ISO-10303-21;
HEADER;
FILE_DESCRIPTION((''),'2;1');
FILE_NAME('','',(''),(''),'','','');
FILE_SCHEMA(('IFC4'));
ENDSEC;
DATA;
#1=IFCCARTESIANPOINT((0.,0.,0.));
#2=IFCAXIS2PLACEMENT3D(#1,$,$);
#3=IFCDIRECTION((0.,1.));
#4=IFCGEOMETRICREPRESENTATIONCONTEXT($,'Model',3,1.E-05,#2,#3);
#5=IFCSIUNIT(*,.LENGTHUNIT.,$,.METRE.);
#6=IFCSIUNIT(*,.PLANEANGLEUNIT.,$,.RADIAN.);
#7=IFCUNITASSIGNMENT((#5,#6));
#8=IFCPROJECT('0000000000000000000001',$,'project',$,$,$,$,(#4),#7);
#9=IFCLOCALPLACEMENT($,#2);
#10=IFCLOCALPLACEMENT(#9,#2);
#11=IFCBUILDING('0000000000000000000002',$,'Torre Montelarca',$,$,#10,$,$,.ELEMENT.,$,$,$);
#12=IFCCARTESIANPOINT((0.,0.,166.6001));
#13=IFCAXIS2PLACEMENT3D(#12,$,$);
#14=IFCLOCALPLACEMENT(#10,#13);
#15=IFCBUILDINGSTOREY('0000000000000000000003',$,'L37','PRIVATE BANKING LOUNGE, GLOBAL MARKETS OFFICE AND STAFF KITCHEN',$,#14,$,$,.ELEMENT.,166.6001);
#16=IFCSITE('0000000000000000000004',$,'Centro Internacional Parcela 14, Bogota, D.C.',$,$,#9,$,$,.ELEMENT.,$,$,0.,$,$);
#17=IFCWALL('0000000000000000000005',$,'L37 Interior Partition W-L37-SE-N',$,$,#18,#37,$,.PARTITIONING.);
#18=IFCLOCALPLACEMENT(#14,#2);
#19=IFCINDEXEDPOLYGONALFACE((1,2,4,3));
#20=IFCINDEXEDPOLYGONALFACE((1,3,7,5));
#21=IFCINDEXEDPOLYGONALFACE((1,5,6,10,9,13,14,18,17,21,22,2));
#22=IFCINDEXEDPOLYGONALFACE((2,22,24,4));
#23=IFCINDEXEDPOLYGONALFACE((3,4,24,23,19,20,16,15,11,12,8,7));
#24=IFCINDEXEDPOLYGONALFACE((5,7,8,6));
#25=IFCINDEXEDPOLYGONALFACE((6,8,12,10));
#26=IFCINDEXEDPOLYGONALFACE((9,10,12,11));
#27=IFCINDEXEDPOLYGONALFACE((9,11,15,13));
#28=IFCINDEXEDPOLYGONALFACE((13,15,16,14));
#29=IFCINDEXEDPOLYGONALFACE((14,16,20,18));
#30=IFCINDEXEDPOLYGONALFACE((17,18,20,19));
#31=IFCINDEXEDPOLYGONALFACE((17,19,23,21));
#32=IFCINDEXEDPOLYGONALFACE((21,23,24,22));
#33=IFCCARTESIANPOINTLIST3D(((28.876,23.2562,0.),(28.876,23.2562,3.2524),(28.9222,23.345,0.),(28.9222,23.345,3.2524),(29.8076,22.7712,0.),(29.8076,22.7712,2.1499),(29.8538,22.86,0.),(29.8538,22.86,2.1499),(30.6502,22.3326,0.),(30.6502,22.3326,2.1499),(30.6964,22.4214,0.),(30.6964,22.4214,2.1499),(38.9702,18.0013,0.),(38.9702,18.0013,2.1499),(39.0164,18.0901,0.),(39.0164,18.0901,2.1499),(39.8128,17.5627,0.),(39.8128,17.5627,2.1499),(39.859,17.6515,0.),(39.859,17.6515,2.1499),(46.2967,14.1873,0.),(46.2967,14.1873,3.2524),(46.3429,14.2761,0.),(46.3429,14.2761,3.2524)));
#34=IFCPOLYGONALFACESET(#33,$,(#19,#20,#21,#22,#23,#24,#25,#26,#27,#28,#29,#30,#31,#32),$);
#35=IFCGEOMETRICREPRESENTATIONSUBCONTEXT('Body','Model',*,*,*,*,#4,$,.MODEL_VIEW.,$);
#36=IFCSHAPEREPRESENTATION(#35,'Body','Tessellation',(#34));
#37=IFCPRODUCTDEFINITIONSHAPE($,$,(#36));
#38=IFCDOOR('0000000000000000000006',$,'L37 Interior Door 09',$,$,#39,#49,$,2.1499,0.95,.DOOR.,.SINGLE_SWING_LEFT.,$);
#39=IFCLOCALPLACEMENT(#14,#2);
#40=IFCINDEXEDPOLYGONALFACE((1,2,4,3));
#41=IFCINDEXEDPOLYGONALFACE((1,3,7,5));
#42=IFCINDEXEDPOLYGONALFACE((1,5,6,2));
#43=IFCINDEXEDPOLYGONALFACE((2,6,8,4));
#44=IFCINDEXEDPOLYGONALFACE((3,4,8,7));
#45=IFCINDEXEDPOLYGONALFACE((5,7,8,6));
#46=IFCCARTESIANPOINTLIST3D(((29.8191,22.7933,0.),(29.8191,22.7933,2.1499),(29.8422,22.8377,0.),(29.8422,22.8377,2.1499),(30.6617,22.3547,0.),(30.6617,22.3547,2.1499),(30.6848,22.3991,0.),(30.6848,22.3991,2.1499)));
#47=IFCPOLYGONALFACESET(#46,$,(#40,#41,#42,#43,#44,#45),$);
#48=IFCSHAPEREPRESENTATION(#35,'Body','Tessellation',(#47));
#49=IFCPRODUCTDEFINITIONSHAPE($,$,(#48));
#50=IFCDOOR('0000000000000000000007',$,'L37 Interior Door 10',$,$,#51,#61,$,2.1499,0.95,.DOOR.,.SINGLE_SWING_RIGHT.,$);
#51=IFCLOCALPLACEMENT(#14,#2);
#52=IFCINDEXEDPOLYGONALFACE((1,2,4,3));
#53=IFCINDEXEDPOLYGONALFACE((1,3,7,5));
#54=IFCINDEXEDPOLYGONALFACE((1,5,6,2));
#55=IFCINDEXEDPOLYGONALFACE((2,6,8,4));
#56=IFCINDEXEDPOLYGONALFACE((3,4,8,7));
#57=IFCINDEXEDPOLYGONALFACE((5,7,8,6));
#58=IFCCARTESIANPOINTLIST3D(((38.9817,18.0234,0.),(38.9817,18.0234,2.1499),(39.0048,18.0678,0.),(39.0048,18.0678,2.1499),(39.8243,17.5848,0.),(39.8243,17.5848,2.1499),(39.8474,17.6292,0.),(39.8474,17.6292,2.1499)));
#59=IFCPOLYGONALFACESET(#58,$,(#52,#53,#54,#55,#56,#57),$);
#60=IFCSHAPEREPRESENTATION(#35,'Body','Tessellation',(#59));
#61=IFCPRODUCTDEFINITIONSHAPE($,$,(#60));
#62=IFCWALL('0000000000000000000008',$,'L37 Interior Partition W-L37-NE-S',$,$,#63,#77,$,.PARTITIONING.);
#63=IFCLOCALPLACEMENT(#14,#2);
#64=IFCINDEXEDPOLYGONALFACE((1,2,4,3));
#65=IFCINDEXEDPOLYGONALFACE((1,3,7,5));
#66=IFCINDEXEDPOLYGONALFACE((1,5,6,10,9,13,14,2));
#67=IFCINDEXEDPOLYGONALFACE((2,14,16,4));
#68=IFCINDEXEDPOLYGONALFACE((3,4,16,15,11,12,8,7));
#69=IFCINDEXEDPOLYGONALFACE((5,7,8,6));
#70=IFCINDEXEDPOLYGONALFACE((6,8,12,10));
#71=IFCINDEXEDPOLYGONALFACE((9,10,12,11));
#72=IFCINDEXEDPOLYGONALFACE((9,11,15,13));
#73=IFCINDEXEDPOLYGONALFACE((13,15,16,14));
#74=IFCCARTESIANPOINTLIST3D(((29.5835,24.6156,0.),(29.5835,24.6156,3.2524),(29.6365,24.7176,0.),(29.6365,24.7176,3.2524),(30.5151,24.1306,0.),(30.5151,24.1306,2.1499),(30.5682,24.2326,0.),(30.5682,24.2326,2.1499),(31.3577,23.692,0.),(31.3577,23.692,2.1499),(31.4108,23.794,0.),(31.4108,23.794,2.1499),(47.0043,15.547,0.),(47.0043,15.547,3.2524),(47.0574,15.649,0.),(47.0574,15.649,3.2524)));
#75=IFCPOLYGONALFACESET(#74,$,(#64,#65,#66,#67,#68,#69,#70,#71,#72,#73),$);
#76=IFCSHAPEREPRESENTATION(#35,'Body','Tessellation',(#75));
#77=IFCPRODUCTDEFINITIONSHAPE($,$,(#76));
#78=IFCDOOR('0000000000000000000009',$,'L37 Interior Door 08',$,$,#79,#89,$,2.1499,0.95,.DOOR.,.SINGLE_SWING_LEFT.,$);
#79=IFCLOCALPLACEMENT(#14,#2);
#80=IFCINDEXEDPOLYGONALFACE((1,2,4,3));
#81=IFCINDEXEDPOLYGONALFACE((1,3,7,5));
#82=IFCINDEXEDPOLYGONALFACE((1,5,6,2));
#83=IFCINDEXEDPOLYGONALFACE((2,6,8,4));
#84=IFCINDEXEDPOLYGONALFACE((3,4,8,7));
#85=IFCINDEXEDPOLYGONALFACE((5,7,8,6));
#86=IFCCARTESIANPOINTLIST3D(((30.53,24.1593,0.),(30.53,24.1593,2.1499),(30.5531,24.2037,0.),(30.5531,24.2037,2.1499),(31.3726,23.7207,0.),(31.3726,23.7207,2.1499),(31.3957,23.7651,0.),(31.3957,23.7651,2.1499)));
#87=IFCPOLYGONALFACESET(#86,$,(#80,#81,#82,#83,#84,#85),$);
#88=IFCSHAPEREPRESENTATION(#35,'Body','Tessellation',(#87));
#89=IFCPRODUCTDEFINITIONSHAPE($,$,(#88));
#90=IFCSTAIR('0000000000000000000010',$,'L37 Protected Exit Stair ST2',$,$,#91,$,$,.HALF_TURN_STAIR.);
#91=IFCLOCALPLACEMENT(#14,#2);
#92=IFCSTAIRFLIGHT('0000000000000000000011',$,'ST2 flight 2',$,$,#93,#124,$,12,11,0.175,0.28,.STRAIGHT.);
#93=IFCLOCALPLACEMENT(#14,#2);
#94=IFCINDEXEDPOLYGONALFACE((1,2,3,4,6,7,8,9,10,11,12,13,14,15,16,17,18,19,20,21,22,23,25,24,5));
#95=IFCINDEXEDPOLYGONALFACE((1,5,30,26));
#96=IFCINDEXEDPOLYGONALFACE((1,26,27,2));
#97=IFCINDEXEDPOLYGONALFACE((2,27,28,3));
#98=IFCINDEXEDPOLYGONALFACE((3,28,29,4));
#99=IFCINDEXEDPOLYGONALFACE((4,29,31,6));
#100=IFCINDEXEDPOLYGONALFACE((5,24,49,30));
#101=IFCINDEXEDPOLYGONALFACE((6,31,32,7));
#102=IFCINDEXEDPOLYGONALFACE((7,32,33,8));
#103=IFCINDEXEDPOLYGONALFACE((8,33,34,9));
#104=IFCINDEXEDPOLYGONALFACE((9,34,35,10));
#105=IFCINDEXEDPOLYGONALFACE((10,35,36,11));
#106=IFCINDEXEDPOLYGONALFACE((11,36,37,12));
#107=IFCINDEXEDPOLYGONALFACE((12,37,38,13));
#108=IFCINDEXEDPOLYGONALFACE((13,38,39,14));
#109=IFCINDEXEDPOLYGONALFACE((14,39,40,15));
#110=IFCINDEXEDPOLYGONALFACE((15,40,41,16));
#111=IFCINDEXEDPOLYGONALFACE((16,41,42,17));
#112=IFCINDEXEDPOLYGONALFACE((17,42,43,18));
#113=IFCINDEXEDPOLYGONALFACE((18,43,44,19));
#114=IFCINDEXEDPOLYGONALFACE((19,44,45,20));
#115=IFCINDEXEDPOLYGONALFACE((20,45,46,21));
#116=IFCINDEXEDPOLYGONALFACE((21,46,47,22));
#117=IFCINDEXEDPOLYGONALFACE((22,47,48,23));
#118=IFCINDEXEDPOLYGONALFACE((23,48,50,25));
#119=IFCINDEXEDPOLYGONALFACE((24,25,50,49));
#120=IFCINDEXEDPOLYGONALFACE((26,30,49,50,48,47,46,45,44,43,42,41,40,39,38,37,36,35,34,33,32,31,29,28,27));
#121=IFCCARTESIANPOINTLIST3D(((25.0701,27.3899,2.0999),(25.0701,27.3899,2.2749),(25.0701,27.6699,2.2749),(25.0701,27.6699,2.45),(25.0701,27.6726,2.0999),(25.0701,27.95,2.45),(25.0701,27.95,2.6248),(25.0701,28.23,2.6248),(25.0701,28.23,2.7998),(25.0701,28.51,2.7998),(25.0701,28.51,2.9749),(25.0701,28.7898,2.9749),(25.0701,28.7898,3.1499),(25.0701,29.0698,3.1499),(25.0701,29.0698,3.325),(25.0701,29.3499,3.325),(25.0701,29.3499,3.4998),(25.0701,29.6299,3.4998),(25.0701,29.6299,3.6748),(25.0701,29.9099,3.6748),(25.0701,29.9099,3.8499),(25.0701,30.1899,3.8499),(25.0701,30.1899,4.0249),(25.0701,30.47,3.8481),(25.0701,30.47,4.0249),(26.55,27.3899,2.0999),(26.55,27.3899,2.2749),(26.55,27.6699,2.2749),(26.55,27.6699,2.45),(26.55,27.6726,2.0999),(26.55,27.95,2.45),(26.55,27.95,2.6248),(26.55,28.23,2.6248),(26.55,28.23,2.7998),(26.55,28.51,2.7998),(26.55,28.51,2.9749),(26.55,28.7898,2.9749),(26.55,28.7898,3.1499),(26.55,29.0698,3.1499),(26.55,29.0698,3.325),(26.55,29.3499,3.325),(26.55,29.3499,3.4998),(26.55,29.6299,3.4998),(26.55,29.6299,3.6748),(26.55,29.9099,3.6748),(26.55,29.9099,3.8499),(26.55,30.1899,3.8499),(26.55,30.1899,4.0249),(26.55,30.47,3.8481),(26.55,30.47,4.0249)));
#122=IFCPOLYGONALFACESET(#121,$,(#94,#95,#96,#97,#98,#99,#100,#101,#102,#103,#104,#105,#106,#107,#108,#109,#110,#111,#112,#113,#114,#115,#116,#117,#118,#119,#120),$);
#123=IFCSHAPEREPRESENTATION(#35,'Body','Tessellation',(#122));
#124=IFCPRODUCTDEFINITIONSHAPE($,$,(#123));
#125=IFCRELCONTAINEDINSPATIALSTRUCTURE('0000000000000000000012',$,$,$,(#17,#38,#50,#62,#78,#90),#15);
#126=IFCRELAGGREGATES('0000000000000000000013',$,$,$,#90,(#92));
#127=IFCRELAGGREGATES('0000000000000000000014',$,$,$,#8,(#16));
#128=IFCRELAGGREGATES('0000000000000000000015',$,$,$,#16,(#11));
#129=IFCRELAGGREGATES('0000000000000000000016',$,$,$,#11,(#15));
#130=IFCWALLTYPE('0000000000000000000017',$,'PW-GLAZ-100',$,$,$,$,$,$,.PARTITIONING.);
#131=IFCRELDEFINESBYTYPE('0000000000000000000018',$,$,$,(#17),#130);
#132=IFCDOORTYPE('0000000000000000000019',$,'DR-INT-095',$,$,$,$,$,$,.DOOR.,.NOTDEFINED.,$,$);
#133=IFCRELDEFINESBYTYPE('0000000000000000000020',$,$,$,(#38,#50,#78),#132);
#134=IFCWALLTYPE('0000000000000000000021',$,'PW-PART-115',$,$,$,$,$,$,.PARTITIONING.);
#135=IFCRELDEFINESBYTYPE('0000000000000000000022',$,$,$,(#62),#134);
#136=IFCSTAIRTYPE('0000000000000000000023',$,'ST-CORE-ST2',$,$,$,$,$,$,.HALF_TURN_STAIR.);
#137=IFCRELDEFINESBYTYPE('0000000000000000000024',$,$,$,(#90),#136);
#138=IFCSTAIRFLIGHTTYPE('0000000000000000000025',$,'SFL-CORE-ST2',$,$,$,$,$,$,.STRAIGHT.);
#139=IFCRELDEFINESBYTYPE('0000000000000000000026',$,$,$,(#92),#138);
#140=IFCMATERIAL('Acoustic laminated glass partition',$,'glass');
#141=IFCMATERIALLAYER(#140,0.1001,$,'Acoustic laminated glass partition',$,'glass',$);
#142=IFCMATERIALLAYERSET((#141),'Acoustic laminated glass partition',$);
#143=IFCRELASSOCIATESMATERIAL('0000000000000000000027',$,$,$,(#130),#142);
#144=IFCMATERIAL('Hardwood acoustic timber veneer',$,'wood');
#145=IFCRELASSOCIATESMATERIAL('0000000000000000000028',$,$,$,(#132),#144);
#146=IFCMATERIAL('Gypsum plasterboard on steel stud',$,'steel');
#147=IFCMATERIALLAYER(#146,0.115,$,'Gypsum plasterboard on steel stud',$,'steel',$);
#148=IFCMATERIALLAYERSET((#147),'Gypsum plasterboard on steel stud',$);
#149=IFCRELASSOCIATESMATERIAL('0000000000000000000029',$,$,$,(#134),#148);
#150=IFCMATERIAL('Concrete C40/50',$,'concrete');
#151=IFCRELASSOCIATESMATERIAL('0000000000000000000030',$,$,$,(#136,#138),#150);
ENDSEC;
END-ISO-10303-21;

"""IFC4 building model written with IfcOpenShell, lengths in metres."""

from ifc_helpers import new_model, si_unit, direction, frame, frame_2d, origin, place, context, subcontext, project, spatial, polyline, rectangle, outline, extrude, source, transform, mapped, material, layer, layer_set, type_object, element, fill, aggregate, save


model = new_model("IFC4")

# Units and contexts
model_context = context("Model", 3, precision=1e-05, world=origin(), true_north=direction((0.0, 1.0)))
body_context = subcontext(model_context, "Body", "Model", "MODEL_VIEW")
ifc_project = project(units=[si_unit("LENGTHUNIT", "METRE"), si_unit("PLANEANGLEUNIT", "RADIAN")], contexts=[model_context])

# Site, building, storey
site_placement = place(None, origin())
site = spatial("IfcSite", under=ifc_project, at=site_placement, Name="Centro Internacional Parcela 14, Bogota, D.C.", CompositionType="ELEMENT", RefElevation=0.0)
building_placement = place(site_placement, origin())
building = spatial("IfcBuilding", under=site, at=building_placement, Name="Torre Montelarca", CompositionType="ELEMENT")
storey_placement = place(building_placement, frame((0.0, 0.0, 166.6001)))
storey = spatial("IfcBuildingStorey", under=building, at=storey_placement, Name="L37", Description="PRIVATE BANKING LOUNGE, GLOBAL MARKETS OFFICE AND STAFF KITCHEN", CompositionType="ELEMENT", Elevation=166.6001)

# Shared definitions
ifc_material_1 = material(Name="Concrete C40/50", Category="concrete")

# Shared definitions
ifc_material_2 = material(Name="Gypsum plasterboard on steel stud", Category="steel")

# Wall, openings, doors
ifc_material_3 = material(Name="Acoustic laminated glass partition", Category="glass")
ifc_layer_1 = layer(ifc_material_3, 0.1001, Name="Acoustic laminated glass partition", Category="glass")
ifc_layer_set_1 = layer_set([ifc_layer_1], Name="Acoustic laminated glass partition")
wall_type_1 = type_object("IfcWallType", Name="PW-GLAZ-100", PredefinedType="PARTITIONING", material=ifc_layer_set_1)
wall_1_placement = place(storey_placement, frame((28.8992, 23.3005, 0.0), z_axis=(0.0, 0.0, 1.0), x_axis=(0.887006, -0.461758, 0.0)))
wall_1 = element("IfcWall", 1, at=wall_1_placement, inside=storey, type_object=wall_type_1, Name="L37 Interior Partition W-L37-SE-N", PredefinedType="PARTITIONING", context=body_context, shape_type="SweptSolid", body=[
    extrude(rectangle(XDim=19.6399, YDim=0.1001, at=frame_2d((9.8198, 0.0))), origin(), (0.0, 0.0, 1.0), 3.2524),
])
opening_1_placement = place(wall_1_placement, frame((1.05, 0.0, 0.0)))
opening_1 = element("IfcOpeningElement", 2, at=opening_1_placement, cuts=wall_1, PredefinedType="OPENING", context=body_context, shape_type="SweptSolid", body=[
    extrude(rectangle(XDim=0.95, YDim=2.1499, at=frame_2d((0.4751, 1.075))), frame((0.0, 0.0601, 0.0), z_axis=(0.0, -1.0, 0.0), x_axis=(1.0, 0.0, 0.0)), (0.0, 0.0, 1.0), 0.1201),
])
opening_2_placement = place(wall_1_placement, frame((11.3799, 0.0, 0.0)))
opening_2 = element("IfcOpeningElement", 3, at=opening_2_placement, cuts=wall_1, PredefinedType="OPENING", context=body_context, shape_type="SweptSolid", body=[
    extrude(rectangle(XDim=0.95, YDim=2.1499, at=frame_2d((0.4751, 1.075))), frame((0.0, 0.0601, 0.0), z_axis=(0.0, -1.0, 0.0), x_axis=(1.0, 0.0, 0.0)), (0.0, 0.0, 1.0), 0.1201),
])
ifc_material_4 = material(Name="Hardwood acoustic timber veneer", Category="wood")
door_type_1 = type_object("IfcDoorType", Name="DR-INT-095", OperationType="NOTDEFINED", PredefinedType="DOOR", material=ifc_material_4)
shared_shape_1 = source(origin(), body_context, "Body", "SweptSolid", [
    extrude(rectangle(XDim=0.95, YDim=2.1499, at=frame_2d((0.4751, 1.075))), frame((0.0, 0.0249, 0.0), z_axis=(0.0, -1.0, 0.0), x_axis=(1.0, 0.0, 0.0)), (0.0, 0.0, 1.0), 0.05),
])
door_1_placement = place(opening_1_placement, origin())
door_1 = element("IfcDoor", 4, at=door_1_placement, inside=storey, type_object=door_type_1, Name="L37 Interior Door 09", OperationType="SINGLE_SWING_LEFT", OverallHeight=2.1499, OverallWidth=0.95, PredefinedType="DOOR", context=body_context, shape_type="MappedRepresentation", body=[
    mapped(shared_shape_1, transform((0.0, 0.0, 0.0), scale=1.0)),
])
fill(opening_1, door_1)
door_2_placement = place(opening_2_placement, origin())
door_2 = element("IfcDoor", 5, at=door_2_placement, inside=storey, type_object=door_type_1, Name="L37 Interior Door 10", OperationType="SINGLE_SWING_RIGHT", OverallHeight=2.1499, OverallWidth=0.95, PredefinedType="DOOR", context=body_context, shape_type="MappedRepresentation", body=[
    mapped(shared_shape_1, transform((0.0, 0.0, 0.0), scale=1.0)),
])
fill(opening_2, door_2)

# Wall, opening, door
ifc_layer_2 = layer(ifc_material_2, 0.115, Name="Gypsum plasterboard on steel stud", Category="steel")
ifc_layer_set_2 = layer_set([ifc_layer_2], Name="Gypsum plasterboard on steel stud")
wall_type_2 = type_object("IfcWallType", Name="PW-PART-115", PredefinedType="PARTITIONING", material=ifc_layer_set_2)
wall_2_placement = place(storey_placement, frame((29.6101, 24.6665, 0.0), z_axis=(0.0, 0.0, 1.0), x_axis=(0.887014, -0.461743, 0.0)))
wall_2 = element("IfcWall", 6, at=wall_2_placement, inside=storey, type_object=wall_type_2, Name="L37 Interior Partition W-L37-NE-S", PredefinedType="PARTITIONING", context=body_context, shape_type="SweptSolid", body=[
    extrude(rectangle(XDim=19.6399, YDim=0.115, at=frame_2d((9.8198, 0.0))), origin(), (0.0, 0.0, 1.0), 3.2524),
])
opening_3_placement = place(wall_2_placement, frame((1.05, 0.0, 0.0)))
opening_3 = element("IfcOpeningElement", 7, at=opening_3_placement, cuts=wall_2, PredefinedType="OPENING", context=body_context, shape_type="SweptSolid", body=[
    extrude(rectangle(XDim=0.95, YDim=2.1499, at=frame_2d((0.4751, 1.075))), frame((0.0, 0.0674, 0.0), z_axis=(0.0, -1.0, 0.0), x_axis=(1.0, 0.0, 0.0)), (0.0, 0.0, 1.0), 0.135),
])
door_3_placement = place(opening_3_placement, origin())
door_3 = element("IfcDoor", 8, at=door_3_placement, inside=storey, type_object=door_type_1, Name="L37 Interior Door 08", OperationType="SINGLE_SWING_LEFT", OverallHeight=2.1499, OverallWidth=0.95, PredefinedType="DOOR", context=body_context, shape_type="MappedRepresentation", body=[
    mapped(shared_shape_1, transform((0.0, 0.0, 0.0), scale=1.0)),
])
fill(opening_3, door_3)

# Stair, stair flight
stair_type = type_object("IfcStairType", Name="ST-CORE-ST2", PredefinedType="HALF_TURN_STAIR", material=ifc_material_1)
stair_placement = place(storey_placement, origin())
stair = element("IfcStair", 9, at=stair_placement, inside=storey, type_object=stair_type, Name="L37 Protected Exit Stair ST2", PredefinedType="HALF_TURN_STAIR")
stair_flight_type = type_object("IfcStairFlightType", Name="SFL-CORE-ST2", PredefinedType="STRAIGHT", material=ifc_material_1)
stair_flight_placement = place(storey_placement, frame((25.8101, 27.3899, 2.0999), z_axis=(0.0, 0.0, 1.0), x_axis=(0.0, 1.0, 0.0)))
stair_flight = element("IfcStairFlight", 10, at=stair_flight_placement, type_object=stair_flight_type, Name="ST2 flight 2", NumberOfRisers=12, NumberOfTreads=11, PredefinedType="STRAIGHT", RiserHeight=0.175, TreadLength=0.28, context=body_context, shape_type="SweptSolid", body=[
    extrude(outline(polyline([(0.0, 0.0), (0.0, 0.175), (0.28, 0.175), (0.28, 0.3501), (0.5601, 0.3501), (0.5601, 0.5249), (0.8401, 0.5249), (0.8401, 0.7), (1.1201, 0.7), (1.1201, 0.875), (1.3999, 0.875), (1.3999, 1.05), (1.6799, 1.05), (1.6799, 1.2251), (1.96, 1.2251), (1.96, 1.3999), (2.24, 1.3999), (2.24, 1.575), (2.52, 1.575), (2.52, 1.75), (2.8, 1.75), (2.8, 1.925), (3.0801, 1.925), (3.0801, 2.1001), (3.0801, 1.7483), (0.2827, 0.0), (0.0, 0.0)])), frame((0.0, 0.74, 0.0), z_axis=(0.0, -1.0, 0.0), x_axis=(1.0, 0.0, 0.0)), (0.0, 0.0, 1.0), 1.48),
])
aggregate(stair, [stair_flight])

save(model, "model.ifc")
